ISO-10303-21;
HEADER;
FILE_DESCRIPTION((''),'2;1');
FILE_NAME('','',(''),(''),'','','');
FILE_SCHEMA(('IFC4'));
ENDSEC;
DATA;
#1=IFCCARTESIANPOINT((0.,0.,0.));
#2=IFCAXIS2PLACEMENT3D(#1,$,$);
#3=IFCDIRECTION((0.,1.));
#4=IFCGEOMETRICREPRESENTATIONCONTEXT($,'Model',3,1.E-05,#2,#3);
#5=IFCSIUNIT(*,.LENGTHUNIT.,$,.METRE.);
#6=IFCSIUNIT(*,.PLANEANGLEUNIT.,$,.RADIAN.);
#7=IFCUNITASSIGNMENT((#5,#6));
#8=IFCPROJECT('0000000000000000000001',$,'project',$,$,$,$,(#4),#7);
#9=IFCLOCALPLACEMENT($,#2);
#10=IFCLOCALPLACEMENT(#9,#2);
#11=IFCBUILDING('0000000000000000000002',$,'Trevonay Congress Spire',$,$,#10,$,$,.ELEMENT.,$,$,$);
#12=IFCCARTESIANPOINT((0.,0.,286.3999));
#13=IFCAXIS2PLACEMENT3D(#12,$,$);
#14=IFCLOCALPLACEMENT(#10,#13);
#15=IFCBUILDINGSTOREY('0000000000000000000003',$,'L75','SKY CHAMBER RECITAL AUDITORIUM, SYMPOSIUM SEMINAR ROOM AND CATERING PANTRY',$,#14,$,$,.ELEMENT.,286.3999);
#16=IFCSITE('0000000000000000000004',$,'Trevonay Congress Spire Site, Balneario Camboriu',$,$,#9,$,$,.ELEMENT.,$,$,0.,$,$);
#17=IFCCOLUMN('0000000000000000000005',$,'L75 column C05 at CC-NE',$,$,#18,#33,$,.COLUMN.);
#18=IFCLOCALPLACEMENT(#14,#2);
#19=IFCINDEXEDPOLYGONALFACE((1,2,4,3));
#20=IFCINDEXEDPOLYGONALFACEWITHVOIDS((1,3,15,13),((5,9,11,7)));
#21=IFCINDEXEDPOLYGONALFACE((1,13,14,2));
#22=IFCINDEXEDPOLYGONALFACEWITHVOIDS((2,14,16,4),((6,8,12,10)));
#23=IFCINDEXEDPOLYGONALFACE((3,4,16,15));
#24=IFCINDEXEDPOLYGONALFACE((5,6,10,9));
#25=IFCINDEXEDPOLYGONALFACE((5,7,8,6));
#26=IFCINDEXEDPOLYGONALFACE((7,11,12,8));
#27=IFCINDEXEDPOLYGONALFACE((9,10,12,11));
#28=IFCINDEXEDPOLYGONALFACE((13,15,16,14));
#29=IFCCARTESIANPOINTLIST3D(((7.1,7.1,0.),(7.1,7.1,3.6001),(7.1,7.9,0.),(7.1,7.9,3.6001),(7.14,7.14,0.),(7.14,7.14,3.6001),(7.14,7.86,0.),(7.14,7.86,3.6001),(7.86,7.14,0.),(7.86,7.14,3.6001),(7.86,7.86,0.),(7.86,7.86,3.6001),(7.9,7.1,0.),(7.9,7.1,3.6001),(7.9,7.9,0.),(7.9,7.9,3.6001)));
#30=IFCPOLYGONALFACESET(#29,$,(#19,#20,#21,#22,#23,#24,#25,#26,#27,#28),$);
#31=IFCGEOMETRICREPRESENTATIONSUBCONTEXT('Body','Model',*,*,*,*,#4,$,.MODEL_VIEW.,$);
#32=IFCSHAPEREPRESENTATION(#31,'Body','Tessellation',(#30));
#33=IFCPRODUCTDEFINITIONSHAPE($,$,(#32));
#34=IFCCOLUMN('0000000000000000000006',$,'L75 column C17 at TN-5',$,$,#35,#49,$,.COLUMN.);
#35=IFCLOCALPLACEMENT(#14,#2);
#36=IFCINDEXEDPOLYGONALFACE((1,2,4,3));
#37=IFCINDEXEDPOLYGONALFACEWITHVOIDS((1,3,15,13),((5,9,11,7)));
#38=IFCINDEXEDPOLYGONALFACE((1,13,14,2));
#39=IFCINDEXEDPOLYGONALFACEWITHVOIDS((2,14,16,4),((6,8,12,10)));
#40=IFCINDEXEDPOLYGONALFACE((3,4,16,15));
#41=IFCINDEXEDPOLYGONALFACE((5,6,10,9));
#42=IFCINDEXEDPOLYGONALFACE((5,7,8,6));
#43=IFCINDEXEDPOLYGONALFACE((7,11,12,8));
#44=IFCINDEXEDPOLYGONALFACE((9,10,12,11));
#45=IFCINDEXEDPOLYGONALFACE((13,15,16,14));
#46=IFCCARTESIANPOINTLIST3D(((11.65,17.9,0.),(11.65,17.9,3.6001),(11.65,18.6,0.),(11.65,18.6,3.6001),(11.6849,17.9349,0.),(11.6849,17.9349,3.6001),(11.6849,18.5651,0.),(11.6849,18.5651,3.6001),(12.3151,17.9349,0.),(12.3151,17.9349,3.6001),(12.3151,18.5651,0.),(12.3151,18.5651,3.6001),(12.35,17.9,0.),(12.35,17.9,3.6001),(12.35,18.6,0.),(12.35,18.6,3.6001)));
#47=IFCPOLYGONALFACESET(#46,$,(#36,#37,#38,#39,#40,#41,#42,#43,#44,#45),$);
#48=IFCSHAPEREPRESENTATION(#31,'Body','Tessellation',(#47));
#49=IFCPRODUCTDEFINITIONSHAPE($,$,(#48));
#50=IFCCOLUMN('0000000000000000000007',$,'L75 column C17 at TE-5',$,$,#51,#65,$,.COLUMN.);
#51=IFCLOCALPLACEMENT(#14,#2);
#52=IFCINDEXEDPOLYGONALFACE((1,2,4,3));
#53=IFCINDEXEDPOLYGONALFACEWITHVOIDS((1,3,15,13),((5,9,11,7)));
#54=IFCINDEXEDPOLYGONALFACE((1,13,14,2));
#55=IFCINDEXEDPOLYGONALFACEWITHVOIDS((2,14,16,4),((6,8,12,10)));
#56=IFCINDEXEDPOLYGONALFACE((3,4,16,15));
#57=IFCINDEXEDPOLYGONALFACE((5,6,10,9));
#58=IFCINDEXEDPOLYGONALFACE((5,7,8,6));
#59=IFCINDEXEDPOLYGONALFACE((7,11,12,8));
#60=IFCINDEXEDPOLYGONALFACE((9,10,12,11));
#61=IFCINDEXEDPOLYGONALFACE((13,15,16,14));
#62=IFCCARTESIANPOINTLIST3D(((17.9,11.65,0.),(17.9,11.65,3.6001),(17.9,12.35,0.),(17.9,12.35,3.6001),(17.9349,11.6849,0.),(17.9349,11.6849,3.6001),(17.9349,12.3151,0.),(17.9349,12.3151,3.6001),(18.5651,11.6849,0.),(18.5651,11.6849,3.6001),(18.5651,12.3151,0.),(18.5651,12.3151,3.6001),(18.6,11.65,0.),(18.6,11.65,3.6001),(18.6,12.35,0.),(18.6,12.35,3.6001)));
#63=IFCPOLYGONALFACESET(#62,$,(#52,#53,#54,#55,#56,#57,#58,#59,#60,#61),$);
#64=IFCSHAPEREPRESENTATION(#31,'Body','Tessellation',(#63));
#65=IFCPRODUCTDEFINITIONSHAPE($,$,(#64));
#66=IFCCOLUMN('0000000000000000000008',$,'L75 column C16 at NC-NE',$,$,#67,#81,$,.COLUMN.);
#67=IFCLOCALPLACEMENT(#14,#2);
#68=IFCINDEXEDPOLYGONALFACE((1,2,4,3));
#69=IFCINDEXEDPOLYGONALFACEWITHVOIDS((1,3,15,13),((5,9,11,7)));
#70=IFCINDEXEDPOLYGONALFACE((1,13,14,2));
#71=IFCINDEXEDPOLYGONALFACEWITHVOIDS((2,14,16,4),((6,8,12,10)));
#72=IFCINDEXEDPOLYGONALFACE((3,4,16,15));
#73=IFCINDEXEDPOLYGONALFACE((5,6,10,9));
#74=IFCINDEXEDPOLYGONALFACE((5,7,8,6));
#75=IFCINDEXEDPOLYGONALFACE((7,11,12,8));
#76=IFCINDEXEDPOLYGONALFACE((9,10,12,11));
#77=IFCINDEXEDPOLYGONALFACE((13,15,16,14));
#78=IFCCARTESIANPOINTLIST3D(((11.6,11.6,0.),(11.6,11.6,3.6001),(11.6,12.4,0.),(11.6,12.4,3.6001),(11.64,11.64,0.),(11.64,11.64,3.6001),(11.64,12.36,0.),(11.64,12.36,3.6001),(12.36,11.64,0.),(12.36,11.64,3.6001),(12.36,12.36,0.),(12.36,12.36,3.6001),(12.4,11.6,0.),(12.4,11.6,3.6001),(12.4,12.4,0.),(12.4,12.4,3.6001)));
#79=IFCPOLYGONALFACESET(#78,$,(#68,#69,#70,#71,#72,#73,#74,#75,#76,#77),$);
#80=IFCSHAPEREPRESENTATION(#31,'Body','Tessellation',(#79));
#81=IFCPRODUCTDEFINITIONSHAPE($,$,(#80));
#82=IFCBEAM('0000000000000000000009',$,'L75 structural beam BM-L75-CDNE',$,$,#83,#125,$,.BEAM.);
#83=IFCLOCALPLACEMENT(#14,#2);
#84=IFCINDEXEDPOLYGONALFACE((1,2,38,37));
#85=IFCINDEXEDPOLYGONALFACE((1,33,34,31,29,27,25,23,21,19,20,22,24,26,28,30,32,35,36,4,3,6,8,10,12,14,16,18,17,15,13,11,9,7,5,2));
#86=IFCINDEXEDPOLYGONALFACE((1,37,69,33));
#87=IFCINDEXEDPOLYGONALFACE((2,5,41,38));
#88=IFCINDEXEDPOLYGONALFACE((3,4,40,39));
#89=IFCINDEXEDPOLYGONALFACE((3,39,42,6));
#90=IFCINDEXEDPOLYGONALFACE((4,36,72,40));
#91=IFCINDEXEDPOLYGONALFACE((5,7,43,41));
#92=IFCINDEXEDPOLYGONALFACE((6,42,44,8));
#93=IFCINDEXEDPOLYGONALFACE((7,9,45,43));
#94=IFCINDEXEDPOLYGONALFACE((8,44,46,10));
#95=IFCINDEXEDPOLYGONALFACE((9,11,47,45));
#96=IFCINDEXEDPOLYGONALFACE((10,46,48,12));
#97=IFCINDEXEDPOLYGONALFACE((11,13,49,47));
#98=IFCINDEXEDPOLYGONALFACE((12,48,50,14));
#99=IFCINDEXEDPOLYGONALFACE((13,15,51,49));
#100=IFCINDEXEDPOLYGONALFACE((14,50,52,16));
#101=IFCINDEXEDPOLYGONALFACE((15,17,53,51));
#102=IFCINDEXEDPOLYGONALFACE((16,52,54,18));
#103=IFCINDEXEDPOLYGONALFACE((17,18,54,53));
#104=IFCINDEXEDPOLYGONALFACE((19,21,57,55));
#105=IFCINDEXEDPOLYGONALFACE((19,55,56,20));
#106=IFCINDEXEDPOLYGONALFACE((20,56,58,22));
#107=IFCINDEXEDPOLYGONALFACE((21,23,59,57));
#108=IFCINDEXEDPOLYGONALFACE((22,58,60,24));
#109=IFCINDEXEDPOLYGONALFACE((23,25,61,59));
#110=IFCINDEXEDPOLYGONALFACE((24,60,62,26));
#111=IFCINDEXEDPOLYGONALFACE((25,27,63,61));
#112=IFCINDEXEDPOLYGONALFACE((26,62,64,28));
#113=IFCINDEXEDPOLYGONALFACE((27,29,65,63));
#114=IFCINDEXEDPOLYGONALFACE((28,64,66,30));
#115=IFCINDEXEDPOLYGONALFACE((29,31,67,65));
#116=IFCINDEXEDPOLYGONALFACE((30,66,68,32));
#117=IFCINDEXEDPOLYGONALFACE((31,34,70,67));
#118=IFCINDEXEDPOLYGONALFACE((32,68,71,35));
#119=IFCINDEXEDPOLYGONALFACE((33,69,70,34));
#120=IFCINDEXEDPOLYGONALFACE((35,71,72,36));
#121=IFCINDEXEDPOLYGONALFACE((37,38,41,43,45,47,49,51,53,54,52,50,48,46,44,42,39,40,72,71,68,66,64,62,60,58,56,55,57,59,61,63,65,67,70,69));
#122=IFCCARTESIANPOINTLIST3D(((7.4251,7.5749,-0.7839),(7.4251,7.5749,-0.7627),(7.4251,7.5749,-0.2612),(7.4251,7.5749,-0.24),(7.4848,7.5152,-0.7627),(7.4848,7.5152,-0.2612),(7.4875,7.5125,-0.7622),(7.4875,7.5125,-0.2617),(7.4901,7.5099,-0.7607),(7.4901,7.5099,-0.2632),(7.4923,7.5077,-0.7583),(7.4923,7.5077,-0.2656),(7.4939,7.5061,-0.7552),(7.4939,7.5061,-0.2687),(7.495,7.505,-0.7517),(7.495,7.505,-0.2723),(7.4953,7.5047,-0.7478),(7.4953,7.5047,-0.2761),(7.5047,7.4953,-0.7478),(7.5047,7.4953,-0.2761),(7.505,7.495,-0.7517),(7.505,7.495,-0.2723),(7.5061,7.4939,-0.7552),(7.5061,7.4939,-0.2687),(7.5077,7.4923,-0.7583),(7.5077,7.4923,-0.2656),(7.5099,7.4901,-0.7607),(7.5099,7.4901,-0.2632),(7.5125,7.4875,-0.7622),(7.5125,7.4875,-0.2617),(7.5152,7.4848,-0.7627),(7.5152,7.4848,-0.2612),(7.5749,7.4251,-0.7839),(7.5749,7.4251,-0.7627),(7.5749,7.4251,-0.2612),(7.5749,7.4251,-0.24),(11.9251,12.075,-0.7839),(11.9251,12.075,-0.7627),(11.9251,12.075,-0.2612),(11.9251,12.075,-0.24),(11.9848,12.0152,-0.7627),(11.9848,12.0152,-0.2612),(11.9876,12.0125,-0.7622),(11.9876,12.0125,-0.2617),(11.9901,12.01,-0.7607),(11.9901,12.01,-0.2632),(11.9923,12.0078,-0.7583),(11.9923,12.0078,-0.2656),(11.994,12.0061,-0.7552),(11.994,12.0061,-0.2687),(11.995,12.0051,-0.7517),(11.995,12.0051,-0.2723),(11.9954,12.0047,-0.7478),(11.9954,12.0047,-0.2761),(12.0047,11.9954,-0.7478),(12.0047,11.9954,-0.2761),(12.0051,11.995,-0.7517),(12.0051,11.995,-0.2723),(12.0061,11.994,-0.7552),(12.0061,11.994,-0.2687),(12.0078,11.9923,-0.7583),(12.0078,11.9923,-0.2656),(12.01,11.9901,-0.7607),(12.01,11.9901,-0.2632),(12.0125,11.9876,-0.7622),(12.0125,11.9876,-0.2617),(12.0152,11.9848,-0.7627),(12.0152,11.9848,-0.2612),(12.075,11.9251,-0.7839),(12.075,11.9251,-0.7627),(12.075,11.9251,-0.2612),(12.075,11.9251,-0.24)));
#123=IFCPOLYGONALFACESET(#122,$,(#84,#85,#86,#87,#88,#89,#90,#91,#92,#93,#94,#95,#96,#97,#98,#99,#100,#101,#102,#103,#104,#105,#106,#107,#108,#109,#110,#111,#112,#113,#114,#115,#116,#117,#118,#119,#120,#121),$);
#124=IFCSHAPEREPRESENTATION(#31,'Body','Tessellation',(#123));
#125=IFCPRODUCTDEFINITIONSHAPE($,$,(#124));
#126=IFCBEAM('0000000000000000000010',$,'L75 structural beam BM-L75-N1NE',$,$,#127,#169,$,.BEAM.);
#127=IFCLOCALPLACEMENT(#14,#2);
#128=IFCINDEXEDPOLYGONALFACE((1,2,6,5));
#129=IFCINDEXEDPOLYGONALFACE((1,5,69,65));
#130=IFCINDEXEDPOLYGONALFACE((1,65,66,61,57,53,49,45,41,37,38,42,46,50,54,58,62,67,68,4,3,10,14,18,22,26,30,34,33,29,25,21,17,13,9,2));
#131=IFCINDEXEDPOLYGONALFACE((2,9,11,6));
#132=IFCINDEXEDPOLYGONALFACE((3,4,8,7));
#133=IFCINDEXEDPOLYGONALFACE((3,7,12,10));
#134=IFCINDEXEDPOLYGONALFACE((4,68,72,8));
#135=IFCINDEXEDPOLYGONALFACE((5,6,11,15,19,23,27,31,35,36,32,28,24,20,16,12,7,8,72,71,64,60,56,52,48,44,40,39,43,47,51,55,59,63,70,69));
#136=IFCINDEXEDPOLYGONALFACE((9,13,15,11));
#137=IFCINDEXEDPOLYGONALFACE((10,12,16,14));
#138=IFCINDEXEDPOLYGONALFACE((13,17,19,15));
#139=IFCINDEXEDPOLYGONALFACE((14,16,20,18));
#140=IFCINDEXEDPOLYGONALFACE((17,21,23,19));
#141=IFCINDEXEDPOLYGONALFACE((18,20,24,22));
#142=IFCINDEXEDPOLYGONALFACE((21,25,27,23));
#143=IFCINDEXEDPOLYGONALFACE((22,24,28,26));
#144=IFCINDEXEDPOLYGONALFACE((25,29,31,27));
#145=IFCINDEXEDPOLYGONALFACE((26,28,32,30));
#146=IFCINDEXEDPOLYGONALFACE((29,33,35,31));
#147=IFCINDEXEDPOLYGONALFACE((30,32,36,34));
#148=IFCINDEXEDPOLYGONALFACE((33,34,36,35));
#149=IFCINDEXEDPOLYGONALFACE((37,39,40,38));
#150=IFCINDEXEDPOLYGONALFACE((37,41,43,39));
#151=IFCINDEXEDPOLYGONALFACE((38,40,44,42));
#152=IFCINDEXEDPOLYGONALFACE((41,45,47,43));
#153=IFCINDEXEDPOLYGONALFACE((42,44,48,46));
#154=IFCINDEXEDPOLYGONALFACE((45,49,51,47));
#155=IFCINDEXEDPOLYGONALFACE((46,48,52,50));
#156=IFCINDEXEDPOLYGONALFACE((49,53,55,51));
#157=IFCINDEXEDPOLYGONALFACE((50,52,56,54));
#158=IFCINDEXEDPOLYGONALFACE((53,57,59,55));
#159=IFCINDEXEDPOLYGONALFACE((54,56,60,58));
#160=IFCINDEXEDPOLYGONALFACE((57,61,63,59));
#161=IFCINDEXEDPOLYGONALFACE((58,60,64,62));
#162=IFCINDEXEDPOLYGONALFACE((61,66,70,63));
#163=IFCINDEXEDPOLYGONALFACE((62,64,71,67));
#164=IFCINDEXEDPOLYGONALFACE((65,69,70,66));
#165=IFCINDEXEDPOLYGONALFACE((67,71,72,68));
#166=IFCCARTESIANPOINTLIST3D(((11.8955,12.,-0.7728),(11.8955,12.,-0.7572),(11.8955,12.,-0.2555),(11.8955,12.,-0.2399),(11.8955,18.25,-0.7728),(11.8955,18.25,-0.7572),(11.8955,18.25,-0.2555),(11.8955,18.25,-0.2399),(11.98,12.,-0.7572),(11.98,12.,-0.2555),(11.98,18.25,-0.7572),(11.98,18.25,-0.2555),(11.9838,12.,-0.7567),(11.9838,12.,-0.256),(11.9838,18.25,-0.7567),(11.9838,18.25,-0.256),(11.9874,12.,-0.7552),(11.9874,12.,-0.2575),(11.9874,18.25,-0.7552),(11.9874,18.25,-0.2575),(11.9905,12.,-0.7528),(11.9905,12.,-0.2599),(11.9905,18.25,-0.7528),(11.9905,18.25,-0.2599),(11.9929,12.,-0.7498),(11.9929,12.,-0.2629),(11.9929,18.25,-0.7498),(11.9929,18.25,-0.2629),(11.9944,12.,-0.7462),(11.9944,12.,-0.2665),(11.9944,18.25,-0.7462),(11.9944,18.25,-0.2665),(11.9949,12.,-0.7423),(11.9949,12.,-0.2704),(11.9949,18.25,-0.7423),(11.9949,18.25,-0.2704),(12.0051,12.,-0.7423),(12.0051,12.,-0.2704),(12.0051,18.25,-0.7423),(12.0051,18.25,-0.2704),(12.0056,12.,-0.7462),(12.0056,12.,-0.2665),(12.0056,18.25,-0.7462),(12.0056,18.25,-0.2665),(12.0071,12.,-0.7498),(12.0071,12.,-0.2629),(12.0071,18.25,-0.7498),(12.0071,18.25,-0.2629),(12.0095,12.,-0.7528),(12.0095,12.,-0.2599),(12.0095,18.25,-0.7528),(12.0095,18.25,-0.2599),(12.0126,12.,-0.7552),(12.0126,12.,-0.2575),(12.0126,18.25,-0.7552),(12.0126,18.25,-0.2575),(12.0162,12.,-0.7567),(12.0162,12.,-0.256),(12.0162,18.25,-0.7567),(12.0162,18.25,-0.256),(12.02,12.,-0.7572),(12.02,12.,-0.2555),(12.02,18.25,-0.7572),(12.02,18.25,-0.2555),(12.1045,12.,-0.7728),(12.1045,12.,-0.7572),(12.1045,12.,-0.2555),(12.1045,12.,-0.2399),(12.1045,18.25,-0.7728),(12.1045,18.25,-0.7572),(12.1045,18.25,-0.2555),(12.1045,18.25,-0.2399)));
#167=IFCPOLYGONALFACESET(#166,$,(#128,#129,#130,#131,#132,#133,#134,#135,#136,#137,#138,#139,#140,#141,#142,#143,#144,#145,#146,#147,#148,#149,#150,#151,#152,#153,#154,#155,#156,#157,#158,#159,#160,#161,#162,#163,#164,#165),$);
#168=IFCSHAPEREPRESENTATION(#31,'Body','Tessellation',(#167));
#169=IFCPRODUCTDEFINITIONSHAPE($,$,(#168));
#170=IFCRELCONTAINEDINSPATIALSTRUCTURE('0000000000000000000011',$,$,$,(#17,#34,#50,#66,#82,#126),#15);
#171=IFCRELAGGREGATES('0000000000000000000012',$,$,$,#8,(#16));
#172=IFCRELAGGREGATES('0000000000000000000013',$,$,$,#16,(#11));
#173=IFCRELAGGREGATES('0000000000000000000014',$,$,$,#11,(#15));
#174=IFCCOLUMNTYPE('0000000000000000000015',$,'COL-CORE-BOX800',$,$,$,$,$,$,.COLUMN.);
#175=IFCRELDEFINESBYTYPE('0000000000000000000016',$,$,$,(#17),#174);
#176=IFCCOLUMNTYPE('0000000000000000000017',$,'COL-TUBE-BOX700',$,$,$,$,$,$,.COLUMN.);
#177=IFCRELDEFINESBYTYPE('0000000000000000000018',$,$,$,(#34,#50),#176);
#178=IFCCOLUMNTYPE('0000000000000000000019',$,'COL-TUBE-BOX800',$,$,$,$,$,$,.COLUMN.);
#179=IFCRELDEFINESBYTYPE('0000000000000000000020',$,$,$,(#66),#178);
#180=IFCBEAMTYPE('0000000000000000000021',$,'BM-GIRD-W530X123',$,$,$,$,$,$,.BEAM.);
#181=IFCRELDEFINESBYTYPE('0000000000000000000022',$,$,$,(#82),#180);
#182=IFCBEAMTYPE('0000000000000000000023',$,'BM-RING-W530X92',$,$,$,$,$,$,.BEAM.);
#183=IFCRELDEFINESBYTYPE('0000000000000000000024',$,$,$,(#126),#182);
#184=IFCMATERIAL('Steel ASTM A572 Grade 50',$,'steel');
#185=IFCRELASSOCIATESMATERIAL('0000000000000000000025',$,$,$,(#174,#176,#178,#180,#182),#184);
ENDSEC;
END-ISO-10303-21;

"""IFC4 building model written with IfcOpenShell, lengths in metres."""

from ifc_helpers import new_model, si_unit, direction, frame, origin, origin_2d, place, context, subcontext, project, spatial, hollow_rectangle, i_section, extrude, material, material_profile, profile_set, type_object, element, save


model = new_model("IFC4")

# Units and contexts
model_context = context("Model", 3, precision=1e-05, world=origin(), true_north=direction((0.0, 1.0)))
body_context = subcontext(model_context, "Body", "Model", "MODEL_VIEW")
ifc_project = project(units=[si_unit("LENGTHUNIT", "METRE"), si_unit("PLANEANGLEUNIT", "RADIAN")], contexts=[model_context])

# Site, building, storey
site_placement = place(None, origin())
site = spatial("IfcSite", under=ifc_project, at=site_placement, Name="Trevonay Congress Spire Site, Balneario Camboriu", CompositionType="ELEMENT", RefElevation=0.0)
building_placement = place(site_placement, origin())
building = spatial("IfcBuilding", under=site, at=building_placement, Name="Trevonay Congress Spire", CompositionType="ELEMENT")
storey_placement = place(building_placement, frame((0.0, 0.0, 286.3999)))
storey = spatial("IfcBuildingStorey", under=building, at=storey_placement, Name="L75", Description="SKY CHAMBER RECITAL AUDITORIUM, SYMPOSIUM SEMINAR ROOM AND CATERING PANTRY", CompositionType="ELEMENT", Elevation=286.3999)

# Columns
ifc_material_1 = material(Name="Steel ASTM A572 Grade 50", Category="steel")
ifc_material_profile_1 = material_profile(ifc_material_1, hollow_rectangle(XDim=0.8, YDim=0.8, WallThickness=0.04, at=origin_2d()), Name="BOX 800x800x40")
ifc_profile_set_1 = profile_set([ifc_material_profile_1], Name="Steel ASTM A572 Grade 50")
column_type_1 = type_object("IfcColumnType", Name="COL-CORE-BOX800", PredefinedType="COLUMN", material=ifc_profile_set_1)
column_1_placement = place(storey_placement, frame((7.5, 7.5, 0.0), z_axis=(0.0, 0.0, 1.0), x_axis=(1.0, 0.0, 0.0)))
element("IfcColumn", 1, at=column_1_placement, inside=storey, type_object=column_type_1, Name="L75 column C05 at CC-NE", PredefinedType="COLUMN", context=body_context, shape_type="SweptSolid", body=[
    extrude(hollow_rectangle(XDim=0.8, YDim=0.8, WallThickness=0.04, at=origin_2d()), origin(), (0.0, 0.0, 1.0), 3.6001),
])
ifc_material_profile_2 = material_profile(ifc_material_1, hollow_rectangle(XDim=0.7, YDim=0.7, WallThickness=0.0349, at=origin_2d()), Name="BOX 700x700x35")
ifc_profile_set_2 = profile_set([ifc_material_profile_2], Name="Steel ASTM A572 Grade 50")
column_type_2 = type_object("IfcColumnType", Name="COL-TUBE-BOX700", PredefinedType="COLUMN", material=ifc_profile_set_2)
for number, where, z_axis, x_axis, name in (
    (2, (12.0, 18.25, 0.0), (0.0, 0.0, 1.0), (1.0, 0.0, 0.0), "L75 column C17 at TN-5"),
    (3, (18.25, 12.0, 0.0), (0.0, 0.0, 1.0), (1.0, 0.0, 0.0), "L75 column C17 at TE-5"),
):
    element("IfcColumn", number, at=place(storey_placement, frame(where, z_axis=z_axis, x_axis=x_axis)), inside=storey, type_object=column_type_2, Name=name, PredefinedType="COLUMN", context=body_context, shape_type="SweptSolid", body=[
        extrude(hollow_rectangle(XDim=0.7, YDim=0.7, WallThickness=0.0349, at=origin_2d()), origin(), (0.0, 0.0, 1.0), 3.6001),
    ])
ifc_material_profile_3 = material_profile(ifc_material_1, hollow_rectangle(XDim=0.8, YDim=0.8, WallThickness=0.04, at=origin_2d()), Name="BOX 800x800x40")
ifc_profile_set_3 = profile_set([ifc_material_profile_3], Name="Steel ASTM A572 Grade 50")
column_type_3 = type_object("IfcColumnType", Name="COL-TUBE-BOX800", PredefinedType="COLUMN", material=ifc_profile_set_3)
column_2_placement = place(storey_placement, frame((12.0, 12.0, 0.0), z_axis=(0.0, 0.0, 1.0), x_axis=(1.0, 0.0, 0.0)))
element("IfcColumn", 4, at=column_2_placement, inside=storey, type_object=column_type_3, Name="L75 column C16 at NC-NE", PredefinedType="COLUMN", context=body_context, shape_type="SweptSolid", body=[
    extrude(hollow_rectangle(XDim=0.8, YDim=0.8, WallThickness=0.04, at=origin_2d()), origin(), (0.0, 0.0, 1.0), 3.6001),
])

# Beams
ifc_material_profile_4 = material_profile(ifc_material_1, i_section(OverallWidth=0.2119, OverallDepth=0.5439, WebThickness=0.0132, FlangeThickness=0.0212, FilletRadius=0.0149, at=origin_2d()), Name="W530x123")
ifc_profile_set_4 = profile_set([ifc_material_profile_4], Name="Steel ASTM A572 Grade 50")
beam_type_1 = type_object("IfcBeamType", Name="BM-GIRD-W530X123", PredefinedType="BEAM", material=ifc_profile_set_4)
beam_placement = place(storey_placement, frame((7.5, 7.5, -0.512), z_axis=(0.707107, 0.707107, 0.0), x_axis=(-0.707107, 0.707107, 0.0)))
element("IfcBeam", 5, at=beam_placement, inside=storey, type_object=beam_type_1, Name="L75 structural beam BM-L75-CDNE", PredefinedType="BEAM", context=body_context, shape_type="SweptSolid", body=[
    extrude(i_section(OverallWidth=0.2119, OverallDepth=0.5439, WebThickness=0.0132, FlangeThickness=0.0212, FilletRadius=0.0149, at=origin_2d()), origin(), (0.0, 0.0, 1.0), 6.364),
])
ifc_material_profile_5 = material_profile(ifc_material_1, i_section(OverallWidth=0.209, OverallDepth=0.533, WebThickness=0.0103, FlangeThickness=0.0156, FilletRadius=0.0149, at=origin_2d()), Name="W530x92")
ifc_profile_set_5 = profile_set([ifc_material_profile_5], Name="Steel ASTM A572 Grade 50")
beam_type_2 = type_object("IfcBeamType", Name="BM-RING-W530X92", PredefinedType="BEAM", material=ifc_profile_set_5)
for number, where, z_axis, x_axis, name in (
    (6, (12.0, 18.25, -0.5063), (0.0, -1.0, 0.0), (1.0, 0.0, 0.0), "L75 structural beam BM-L75-N1NE"),
):
    element("IfcBeam", number, at=place(storey_placement, frame(where, z_axis=z_axis, x_axis=x_axis)), inside=storey, type_object=beam_type_2, Name=name, PredefinedType="BEAM", context=body_context, shape_type="SweptSolid", body=[
        extrude(i_section(OverallWidth=0.209, OverallDepth=0.533, WebThickness=0.0103, FlangeThickness=0.0156, FilletRadius=0.0149, at=origin_2d()), origin(), (0.0, 0.0, 1.0), 6.25),
    ])

save(model, "model.ifc")
